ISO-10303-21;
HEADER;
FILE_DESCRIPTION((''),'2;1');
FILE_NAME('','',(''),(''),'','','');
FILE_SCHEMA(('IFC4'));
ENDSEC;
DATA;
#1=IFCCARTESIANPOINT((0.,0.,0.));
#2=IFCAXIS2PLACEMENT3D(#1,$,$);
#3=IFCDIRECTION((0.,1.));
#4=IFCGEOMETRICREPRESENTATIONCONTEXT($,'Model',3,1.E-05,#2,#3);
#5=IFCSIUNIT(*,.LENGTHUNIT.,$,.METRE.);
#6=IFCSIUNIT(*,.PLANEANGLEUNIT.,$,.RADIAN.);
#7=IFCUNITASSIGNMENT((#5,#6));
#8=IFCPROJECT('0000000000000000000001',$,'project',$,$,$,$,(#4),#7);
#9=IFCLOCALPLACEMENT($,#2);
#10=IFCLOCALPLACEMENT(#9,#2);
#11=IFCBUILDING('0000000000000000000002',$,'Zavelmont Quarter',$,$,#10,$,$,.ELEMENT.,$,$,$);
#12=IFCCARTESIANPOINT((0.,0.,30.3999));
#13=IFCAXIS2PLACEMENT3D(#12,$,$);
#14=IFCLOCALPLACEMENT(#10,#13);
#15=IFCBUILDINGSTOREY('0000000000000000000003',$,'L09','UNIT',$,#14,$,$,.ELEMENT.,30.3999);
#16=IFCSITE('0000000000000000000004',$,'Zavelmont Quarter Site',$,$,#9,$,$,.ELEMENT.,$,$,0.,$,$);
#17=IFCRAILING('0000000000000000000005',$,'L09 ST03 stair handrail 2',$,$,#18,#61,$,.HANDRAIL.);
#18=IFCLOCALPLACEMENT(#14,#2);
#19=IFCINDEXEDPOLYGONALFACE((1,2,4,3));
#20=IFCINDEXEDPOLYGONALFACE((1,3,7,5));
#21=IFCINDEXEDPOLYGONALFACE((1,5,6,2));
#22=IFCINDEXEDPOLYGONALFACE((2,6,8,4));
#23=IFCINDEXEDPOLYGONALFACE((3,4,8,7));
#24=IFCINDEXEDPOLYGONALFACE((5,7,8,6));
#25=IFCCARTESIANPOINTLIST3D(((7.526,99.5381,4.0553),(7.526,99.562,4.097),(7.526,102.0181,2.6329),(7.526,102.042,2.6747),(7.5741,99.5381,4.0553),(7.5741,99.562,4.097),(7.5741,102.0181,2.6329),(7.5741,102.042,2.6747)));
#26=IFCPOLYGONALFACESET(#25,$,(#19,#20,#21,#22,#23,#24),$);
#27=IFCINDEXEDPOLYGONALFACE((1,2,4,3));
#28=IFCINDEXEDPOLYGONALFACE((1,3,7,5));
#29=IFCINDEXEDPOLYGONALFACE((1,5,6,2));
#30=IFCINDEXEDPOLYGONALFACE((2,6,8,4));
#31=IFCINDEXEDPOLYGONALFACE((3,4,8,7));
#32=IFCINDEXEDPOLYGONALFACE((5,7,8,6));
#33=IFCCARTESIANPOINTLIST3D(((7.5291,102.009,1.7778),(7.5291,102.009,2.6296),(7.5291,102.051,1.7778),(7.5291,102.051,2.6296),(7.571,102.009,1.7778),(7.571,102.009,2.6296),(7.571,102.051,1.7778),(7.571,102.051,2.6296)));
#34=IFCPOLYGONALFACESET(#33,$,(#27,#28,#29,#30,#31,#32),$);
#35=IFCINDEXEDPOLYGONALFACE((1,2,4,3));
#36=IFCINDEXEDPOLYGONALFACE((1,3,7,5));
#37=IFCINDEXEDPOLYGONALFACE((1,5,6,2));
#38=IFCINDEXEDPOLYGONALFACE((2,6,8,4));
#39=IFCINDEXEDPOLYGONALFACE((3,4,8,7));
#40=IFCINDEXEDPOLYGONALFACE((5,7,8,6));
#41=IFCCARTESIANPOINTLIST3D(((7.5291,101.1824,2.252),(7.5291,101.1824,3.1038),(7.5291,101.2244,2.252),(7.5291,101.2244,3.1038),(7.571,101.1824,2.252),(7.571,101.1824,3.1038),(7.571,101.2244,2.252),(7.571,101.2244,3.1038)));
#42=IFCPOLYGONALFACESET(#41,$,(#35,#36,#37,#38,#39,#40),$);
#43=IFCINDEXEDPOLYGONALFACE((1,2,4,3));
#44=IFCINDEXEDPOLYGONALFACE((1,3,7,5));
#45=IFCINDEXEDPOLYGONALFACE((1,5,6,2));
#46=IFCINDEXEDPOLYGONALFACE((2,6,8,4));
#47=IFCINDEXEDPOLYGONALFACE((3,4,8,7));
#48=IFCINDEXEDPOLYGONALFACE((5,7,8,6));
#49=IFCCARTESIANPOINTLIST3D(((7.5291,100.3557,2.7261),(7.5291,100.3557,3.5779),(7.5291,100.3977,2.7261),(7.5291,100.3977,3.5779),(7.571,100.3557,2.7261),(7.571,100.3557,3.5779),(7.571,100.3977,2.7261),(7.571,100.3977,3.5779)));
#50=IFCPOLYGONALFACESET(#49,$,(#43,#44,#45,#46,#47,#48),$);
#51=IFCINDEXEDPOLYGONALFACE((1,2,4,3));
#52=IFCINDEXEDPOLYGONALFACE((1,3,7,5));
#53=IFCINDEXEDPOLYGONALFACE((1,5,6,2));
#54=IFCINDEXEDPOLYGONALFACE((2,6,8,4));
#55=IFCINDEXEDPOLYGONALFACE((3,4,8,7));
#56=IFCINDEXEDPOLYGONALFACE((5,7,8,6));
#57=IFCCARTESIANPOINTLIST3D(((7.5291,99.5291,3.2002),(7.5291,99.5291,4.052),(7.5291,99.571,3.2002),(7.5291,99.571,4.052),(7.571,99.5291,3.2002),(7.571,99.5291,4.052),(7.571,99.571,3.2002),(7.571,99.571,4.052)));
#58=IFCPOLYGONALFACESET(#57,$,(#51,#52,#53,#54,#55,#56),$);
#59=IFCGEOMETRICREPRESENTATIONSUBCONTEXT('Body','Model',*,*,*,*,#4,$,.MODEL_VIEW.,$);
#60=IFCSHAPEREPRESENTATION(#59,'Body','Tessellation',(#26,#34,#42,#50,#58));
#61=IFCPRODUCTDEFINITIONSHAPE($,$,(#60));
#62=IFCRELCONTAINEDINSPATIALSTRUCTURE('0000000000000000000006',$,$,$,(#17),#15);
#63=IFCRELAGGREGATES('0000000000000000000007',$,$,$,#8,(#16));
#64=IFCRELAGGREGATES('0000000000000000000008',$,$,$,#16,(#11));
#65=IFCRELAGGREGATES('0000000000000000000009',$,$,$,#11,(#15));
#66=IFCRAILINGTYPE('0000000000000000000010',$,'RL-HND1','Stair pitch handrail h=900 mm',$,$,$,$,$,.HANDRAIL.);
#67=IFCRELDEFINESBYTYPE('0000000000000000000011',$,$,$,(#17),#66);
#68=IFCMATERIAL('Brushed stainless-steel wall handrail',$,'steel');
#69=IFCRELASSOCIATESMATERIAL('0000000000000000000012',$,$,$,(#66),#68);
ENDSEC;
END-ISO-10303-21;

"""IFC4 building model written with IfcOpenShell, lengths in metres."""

from ifc_helpers import new_model, si_unit, direction, frame, origin, origin_2d, place, context, subcontext, project, spatial, rectangle, extrude, material, type_object, element, save


model = new_model("IFC4")

# Units and contexts
model_context = context("Model", 3, precision=1e-05, world=origin(), true_north=direction((0.0, 1.0)))
body_context = subcontext(model_context, "Body", "Model", "MODEL_VIEW")
ifc_project = project(units=[si_unit("LENGTHUNIT", "METRE"), si_unit("PLANEANGLEUNIT", "RADIAN")], contexts=[model_context])

# Site, building, storey
site_placement = place(None, origin())
site = spatial("IfcSite", under=ifc_project, at=site_placement, Name="Zavelmont Quarter Site", CompositionType="ELEMENT", RefElevation=0.0)
building_placement = place(site_placement, origin())
building = spatial("IfcBuilding", under=site, at=building_placement, Name="Zavelmont Quarter", CompositionType="ELEMENT")
storey_placement = place(building_placement, frame((0.0, 0.0, 30.3999)))
storey = spatial("IfcBuildingStorey", under=building, at=storey_placement, Name="L09", Description="UNIT", CompositionType="ELEMENT", Elevation=30.3999)

# Railing
ifc_material_1 = material(Name="Brushed stainless-steel wall handrail", Category="steel")
railing_type_1 = type_object("IfcRailingType", Name="RL-HND1", Description="Stair pitch handrail h=900 mm", PredefinedType="HANDRAIL", material=ifc_material_1)
railing_1_placement = place(storey_placement, frame((7.55, 102.03, 1.7778)))
element("IfcRailing", 1, at=railing_1_placement, inside=storey, type_object=railing_type_1, Name="L09 ST03 stair handrail 2", PredefinedType="HANDRAIL", context=body_context, shape_type="SweptSolid", body=[
    extrude(rectangle(XDim=0.0481, YDim=0.0481, at=origin_2d()), frame((0.0, 0.0, 0.876), z_axis=(0.0, -0.867454, 0.497518), x_axis=(1.0, 0.0, 0.0)), (0.0, 0.0, 1.0), 2.8589),
    extrude(rectangle(XDim=0.042, YDim=0.042, at=origin_2d()), origin(), (0.0, 0.0, 1.0), 0.8518),
    extrude(rectangle(XDim=0.042, YDim=0.042, at=origin_2d()), frame((0.0, -0.8267, 0.4741)), (0.0, 0.0, 1.0), 0.8518),
    extrude(rectangle(XDim=0.042, YDim=0.042, at=origin_2d()), frame((0.0, -1.6533, 0.9482)), (0.0, 0.0, 1.0), 0.8518),
    extrude(rectangle(XDim=0.042, YDim=0.042, at=origin_2d()), frame((0.0, -2.48, 1.4224)), (0.0, 0.0, 1.0), 0.8518),
])

save(model, "model.ifc")
